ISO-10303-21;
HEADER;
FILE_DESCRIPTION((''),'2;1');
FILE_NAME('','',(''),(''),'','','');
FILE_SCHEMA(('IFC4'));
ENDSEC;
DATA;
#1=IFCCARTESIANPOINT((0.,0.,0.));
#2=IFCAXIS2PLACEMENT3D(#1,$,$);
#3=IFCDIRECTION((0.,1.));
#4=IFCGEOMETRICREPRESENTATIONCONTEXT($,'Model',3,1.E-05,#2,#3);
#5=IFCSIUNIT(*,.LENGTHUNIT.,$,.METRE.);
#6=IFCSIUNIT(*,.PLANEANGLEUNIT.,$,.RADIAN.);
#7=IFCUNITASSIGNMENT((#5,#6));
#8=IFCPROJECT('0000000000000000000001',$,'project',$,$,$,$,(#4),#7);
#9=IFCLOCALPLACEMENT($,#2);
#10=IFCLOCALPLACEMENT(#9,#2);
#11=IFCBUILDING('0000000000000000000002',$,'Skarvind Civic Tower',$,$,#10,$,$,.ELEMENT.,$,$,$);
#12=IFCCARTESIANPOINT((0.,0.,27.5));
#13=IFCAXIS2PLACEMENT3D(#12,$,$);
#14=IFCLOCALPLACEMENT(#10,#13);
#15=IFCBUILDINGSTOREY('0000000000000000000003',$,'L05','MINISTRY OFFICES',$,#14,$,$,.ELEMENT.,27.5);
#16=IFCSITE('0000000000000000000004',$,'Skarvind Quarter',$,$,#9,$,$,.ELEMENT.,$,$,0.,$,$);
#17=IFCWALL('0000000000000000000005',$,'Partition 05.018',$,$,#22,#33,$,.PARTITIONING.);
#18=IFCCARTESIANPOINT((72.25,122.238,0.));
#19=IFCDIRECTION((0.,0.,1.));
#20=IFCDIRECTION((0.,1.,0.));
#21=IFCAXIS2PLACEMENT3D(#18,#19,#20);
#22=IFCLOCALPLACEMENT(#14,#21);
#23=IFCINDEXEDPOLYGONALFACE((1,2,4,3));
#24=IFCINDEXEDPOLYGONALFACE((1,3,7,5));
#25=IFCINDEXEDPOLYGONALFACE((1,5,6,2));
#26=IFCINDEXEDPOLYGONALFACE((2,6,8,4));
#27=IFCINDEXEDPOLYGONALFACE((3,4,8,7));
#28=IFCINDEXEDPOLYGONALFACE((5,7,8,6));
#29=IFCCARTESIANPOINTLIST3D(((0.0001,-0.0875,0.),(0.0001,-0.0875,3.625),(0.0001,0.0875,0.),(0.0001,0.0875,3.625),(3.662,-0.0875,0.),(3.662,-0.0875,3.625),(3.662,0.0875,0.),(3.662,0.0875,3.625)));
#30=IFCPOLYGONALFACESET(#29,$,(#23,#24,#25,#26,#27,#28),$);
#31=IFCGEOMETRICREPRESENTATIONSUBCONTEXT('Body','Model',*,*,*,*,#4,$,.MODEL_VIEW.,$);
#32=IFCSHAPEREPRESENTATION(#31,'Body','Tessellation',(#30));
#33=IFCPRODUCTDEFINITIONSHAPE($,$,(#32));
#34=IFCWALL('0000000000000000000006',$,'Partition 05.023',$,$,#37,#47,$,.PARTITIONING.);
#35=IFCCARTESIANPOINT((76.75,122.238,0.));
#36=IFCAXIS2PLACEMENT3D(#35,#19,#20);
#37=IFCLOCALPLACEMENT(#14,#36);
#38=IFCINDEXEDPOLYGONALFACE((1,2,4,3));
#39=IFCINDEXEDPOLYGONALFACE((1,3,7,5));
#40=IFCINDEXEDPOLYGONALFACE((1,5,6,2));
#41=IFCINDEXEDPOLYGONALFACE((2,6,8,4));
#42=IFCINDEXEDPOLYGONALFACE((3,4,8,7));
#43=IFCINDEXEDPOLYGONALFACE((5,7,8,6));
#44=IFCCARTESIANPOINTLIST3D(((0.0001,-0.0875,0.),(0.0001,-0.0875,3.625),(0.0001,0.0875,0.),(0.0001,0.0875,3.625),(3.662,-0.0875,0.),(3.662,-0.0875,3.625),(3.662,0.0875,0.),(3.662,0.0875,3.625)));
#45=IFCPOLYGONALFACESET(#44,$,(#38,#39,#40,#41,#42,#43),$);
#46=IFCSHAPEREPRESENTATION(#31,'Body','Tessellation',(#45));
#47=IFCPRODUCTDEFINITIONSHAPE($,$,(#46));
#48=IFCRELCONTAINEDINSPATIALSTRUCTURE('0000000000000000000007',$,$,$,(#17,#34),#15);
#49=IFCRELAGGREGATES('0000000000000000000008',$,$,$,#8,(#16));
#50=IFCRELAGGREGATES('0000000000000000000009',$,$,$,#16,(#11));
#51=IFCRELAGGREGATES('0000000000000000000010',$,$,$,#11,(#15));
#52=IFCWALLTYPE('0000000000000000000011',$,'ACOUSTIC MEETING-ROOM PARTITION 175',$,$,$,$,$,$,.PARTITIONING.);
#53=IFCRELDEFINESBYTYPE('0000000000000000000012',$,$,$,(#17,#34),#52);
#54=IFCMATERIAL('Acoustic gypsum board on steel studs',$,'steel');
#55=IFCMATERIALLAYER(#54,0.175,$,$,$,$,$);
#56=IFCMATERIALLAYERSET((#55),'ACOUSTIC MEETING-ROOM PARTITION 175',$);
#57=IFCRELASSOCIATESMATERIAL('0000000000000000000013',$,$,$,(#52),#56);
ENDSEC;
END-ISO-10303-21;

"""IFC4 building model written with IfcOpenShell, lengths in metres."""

from ifc_helpers import new_model, si_unit, direction, frame, frame_2d, origin, place, context, subcontext, project, spatial, rectangle, extrude, material, layer, layer_set, type_object, element, save


model = new_model("IFC4")

# Units and contexts
model_context = context("Model", 3, precision=1e-05, world=origin(), true_north=direction((0.0, 1.0)))
body_context = subcontext(model_context, "Body", "Model", "MODEL_VIEW")
ifc_project = project(units=[si_unit("LENGTHUNIT", "METRE"), si_unit("PLANEANGLEUNIT", "RADIAN")], contexts=[model_context])

# Site, building, storey
site_placement = place(None, origin())
site = spatial("IfcSite", under=ifc_project, at=site_placement, Name="Skarvind Quarter", CompositionType="ELEMENT", RefElevation=0.0)
building_placement = place(site_placement, origin())
building = spatial("IfcBuilding", under=site, at=building_placement, Name="Skarvind Civic Tower", CompositionType="ELEMENT")
storey_placement = place(building_placement, frame((0.0, 0.0, 27.5)))
storey = spatial("IfcBuildingStorey", under=building, at=storey_placement, Name="L05", Description="MINISTRY OFFICES", CompositionType="ELEMENT", Elevation=27.5)

# Walls
ifc_material_1 = material(Name="Acoustic gypsum board on steel studs", Category="steel")
ifc_layer_1 = layer(ifc_material_1, 0.175)
ifc_layer_set_1 = layer_set([ifc_layer_1], Name="ACOUSTIC MEETING-ROOM PARTITION 175")
wall_type_1 = type_object("IfcWallType", Name="ACOUSTIC MEETING-ROOM PARTITION 175", PredefinedType="PARTITIONING", material=ifc_layer_set_1)
wall_1_placement = place(storey_placement, frame((72.25, 122.238, 0.0), z_axis=(0.0, 0.0, 1.0), x_axis=(0.0, 1.0, 0.0)))
element("IfcWall", 1, at=wall_1_placement, inside=storey, type_object=wall_type_1, Name="Partition 05.018", PredefinedType="PARTITIONING", context=body_context, shape_type="SweptSolid", body=[
    extrude(rectangle(XDim=3.6619, YDim=0.175, at=frame_2d((1.8311, 0.0))), origin(), (0.0, 0.0, 1.0), 3.625),
])
wall_2_placement = place(storey_placement, frame((76.75, 122.238, 0.0), z_axis=(0.0, 0.0, 1.0), x_axis=(0.0, 1.0, 0.0)))
element("IfcWall", 2, at=wall_2_placement, inside=storey, type_object=wall_type_1, Name="Partition 05.023", PredefinedType="PARTITIONING", context=body_context, shape_type="SweptSolid", body=[
    extrude(rectangle(XDim=3.6619, YDim=0.175, at=frame_2d((1.8311, 0.0))), origin(), (0.0, 0.0, 1.0), 3.625),
])

save(model, "model.ifc")
